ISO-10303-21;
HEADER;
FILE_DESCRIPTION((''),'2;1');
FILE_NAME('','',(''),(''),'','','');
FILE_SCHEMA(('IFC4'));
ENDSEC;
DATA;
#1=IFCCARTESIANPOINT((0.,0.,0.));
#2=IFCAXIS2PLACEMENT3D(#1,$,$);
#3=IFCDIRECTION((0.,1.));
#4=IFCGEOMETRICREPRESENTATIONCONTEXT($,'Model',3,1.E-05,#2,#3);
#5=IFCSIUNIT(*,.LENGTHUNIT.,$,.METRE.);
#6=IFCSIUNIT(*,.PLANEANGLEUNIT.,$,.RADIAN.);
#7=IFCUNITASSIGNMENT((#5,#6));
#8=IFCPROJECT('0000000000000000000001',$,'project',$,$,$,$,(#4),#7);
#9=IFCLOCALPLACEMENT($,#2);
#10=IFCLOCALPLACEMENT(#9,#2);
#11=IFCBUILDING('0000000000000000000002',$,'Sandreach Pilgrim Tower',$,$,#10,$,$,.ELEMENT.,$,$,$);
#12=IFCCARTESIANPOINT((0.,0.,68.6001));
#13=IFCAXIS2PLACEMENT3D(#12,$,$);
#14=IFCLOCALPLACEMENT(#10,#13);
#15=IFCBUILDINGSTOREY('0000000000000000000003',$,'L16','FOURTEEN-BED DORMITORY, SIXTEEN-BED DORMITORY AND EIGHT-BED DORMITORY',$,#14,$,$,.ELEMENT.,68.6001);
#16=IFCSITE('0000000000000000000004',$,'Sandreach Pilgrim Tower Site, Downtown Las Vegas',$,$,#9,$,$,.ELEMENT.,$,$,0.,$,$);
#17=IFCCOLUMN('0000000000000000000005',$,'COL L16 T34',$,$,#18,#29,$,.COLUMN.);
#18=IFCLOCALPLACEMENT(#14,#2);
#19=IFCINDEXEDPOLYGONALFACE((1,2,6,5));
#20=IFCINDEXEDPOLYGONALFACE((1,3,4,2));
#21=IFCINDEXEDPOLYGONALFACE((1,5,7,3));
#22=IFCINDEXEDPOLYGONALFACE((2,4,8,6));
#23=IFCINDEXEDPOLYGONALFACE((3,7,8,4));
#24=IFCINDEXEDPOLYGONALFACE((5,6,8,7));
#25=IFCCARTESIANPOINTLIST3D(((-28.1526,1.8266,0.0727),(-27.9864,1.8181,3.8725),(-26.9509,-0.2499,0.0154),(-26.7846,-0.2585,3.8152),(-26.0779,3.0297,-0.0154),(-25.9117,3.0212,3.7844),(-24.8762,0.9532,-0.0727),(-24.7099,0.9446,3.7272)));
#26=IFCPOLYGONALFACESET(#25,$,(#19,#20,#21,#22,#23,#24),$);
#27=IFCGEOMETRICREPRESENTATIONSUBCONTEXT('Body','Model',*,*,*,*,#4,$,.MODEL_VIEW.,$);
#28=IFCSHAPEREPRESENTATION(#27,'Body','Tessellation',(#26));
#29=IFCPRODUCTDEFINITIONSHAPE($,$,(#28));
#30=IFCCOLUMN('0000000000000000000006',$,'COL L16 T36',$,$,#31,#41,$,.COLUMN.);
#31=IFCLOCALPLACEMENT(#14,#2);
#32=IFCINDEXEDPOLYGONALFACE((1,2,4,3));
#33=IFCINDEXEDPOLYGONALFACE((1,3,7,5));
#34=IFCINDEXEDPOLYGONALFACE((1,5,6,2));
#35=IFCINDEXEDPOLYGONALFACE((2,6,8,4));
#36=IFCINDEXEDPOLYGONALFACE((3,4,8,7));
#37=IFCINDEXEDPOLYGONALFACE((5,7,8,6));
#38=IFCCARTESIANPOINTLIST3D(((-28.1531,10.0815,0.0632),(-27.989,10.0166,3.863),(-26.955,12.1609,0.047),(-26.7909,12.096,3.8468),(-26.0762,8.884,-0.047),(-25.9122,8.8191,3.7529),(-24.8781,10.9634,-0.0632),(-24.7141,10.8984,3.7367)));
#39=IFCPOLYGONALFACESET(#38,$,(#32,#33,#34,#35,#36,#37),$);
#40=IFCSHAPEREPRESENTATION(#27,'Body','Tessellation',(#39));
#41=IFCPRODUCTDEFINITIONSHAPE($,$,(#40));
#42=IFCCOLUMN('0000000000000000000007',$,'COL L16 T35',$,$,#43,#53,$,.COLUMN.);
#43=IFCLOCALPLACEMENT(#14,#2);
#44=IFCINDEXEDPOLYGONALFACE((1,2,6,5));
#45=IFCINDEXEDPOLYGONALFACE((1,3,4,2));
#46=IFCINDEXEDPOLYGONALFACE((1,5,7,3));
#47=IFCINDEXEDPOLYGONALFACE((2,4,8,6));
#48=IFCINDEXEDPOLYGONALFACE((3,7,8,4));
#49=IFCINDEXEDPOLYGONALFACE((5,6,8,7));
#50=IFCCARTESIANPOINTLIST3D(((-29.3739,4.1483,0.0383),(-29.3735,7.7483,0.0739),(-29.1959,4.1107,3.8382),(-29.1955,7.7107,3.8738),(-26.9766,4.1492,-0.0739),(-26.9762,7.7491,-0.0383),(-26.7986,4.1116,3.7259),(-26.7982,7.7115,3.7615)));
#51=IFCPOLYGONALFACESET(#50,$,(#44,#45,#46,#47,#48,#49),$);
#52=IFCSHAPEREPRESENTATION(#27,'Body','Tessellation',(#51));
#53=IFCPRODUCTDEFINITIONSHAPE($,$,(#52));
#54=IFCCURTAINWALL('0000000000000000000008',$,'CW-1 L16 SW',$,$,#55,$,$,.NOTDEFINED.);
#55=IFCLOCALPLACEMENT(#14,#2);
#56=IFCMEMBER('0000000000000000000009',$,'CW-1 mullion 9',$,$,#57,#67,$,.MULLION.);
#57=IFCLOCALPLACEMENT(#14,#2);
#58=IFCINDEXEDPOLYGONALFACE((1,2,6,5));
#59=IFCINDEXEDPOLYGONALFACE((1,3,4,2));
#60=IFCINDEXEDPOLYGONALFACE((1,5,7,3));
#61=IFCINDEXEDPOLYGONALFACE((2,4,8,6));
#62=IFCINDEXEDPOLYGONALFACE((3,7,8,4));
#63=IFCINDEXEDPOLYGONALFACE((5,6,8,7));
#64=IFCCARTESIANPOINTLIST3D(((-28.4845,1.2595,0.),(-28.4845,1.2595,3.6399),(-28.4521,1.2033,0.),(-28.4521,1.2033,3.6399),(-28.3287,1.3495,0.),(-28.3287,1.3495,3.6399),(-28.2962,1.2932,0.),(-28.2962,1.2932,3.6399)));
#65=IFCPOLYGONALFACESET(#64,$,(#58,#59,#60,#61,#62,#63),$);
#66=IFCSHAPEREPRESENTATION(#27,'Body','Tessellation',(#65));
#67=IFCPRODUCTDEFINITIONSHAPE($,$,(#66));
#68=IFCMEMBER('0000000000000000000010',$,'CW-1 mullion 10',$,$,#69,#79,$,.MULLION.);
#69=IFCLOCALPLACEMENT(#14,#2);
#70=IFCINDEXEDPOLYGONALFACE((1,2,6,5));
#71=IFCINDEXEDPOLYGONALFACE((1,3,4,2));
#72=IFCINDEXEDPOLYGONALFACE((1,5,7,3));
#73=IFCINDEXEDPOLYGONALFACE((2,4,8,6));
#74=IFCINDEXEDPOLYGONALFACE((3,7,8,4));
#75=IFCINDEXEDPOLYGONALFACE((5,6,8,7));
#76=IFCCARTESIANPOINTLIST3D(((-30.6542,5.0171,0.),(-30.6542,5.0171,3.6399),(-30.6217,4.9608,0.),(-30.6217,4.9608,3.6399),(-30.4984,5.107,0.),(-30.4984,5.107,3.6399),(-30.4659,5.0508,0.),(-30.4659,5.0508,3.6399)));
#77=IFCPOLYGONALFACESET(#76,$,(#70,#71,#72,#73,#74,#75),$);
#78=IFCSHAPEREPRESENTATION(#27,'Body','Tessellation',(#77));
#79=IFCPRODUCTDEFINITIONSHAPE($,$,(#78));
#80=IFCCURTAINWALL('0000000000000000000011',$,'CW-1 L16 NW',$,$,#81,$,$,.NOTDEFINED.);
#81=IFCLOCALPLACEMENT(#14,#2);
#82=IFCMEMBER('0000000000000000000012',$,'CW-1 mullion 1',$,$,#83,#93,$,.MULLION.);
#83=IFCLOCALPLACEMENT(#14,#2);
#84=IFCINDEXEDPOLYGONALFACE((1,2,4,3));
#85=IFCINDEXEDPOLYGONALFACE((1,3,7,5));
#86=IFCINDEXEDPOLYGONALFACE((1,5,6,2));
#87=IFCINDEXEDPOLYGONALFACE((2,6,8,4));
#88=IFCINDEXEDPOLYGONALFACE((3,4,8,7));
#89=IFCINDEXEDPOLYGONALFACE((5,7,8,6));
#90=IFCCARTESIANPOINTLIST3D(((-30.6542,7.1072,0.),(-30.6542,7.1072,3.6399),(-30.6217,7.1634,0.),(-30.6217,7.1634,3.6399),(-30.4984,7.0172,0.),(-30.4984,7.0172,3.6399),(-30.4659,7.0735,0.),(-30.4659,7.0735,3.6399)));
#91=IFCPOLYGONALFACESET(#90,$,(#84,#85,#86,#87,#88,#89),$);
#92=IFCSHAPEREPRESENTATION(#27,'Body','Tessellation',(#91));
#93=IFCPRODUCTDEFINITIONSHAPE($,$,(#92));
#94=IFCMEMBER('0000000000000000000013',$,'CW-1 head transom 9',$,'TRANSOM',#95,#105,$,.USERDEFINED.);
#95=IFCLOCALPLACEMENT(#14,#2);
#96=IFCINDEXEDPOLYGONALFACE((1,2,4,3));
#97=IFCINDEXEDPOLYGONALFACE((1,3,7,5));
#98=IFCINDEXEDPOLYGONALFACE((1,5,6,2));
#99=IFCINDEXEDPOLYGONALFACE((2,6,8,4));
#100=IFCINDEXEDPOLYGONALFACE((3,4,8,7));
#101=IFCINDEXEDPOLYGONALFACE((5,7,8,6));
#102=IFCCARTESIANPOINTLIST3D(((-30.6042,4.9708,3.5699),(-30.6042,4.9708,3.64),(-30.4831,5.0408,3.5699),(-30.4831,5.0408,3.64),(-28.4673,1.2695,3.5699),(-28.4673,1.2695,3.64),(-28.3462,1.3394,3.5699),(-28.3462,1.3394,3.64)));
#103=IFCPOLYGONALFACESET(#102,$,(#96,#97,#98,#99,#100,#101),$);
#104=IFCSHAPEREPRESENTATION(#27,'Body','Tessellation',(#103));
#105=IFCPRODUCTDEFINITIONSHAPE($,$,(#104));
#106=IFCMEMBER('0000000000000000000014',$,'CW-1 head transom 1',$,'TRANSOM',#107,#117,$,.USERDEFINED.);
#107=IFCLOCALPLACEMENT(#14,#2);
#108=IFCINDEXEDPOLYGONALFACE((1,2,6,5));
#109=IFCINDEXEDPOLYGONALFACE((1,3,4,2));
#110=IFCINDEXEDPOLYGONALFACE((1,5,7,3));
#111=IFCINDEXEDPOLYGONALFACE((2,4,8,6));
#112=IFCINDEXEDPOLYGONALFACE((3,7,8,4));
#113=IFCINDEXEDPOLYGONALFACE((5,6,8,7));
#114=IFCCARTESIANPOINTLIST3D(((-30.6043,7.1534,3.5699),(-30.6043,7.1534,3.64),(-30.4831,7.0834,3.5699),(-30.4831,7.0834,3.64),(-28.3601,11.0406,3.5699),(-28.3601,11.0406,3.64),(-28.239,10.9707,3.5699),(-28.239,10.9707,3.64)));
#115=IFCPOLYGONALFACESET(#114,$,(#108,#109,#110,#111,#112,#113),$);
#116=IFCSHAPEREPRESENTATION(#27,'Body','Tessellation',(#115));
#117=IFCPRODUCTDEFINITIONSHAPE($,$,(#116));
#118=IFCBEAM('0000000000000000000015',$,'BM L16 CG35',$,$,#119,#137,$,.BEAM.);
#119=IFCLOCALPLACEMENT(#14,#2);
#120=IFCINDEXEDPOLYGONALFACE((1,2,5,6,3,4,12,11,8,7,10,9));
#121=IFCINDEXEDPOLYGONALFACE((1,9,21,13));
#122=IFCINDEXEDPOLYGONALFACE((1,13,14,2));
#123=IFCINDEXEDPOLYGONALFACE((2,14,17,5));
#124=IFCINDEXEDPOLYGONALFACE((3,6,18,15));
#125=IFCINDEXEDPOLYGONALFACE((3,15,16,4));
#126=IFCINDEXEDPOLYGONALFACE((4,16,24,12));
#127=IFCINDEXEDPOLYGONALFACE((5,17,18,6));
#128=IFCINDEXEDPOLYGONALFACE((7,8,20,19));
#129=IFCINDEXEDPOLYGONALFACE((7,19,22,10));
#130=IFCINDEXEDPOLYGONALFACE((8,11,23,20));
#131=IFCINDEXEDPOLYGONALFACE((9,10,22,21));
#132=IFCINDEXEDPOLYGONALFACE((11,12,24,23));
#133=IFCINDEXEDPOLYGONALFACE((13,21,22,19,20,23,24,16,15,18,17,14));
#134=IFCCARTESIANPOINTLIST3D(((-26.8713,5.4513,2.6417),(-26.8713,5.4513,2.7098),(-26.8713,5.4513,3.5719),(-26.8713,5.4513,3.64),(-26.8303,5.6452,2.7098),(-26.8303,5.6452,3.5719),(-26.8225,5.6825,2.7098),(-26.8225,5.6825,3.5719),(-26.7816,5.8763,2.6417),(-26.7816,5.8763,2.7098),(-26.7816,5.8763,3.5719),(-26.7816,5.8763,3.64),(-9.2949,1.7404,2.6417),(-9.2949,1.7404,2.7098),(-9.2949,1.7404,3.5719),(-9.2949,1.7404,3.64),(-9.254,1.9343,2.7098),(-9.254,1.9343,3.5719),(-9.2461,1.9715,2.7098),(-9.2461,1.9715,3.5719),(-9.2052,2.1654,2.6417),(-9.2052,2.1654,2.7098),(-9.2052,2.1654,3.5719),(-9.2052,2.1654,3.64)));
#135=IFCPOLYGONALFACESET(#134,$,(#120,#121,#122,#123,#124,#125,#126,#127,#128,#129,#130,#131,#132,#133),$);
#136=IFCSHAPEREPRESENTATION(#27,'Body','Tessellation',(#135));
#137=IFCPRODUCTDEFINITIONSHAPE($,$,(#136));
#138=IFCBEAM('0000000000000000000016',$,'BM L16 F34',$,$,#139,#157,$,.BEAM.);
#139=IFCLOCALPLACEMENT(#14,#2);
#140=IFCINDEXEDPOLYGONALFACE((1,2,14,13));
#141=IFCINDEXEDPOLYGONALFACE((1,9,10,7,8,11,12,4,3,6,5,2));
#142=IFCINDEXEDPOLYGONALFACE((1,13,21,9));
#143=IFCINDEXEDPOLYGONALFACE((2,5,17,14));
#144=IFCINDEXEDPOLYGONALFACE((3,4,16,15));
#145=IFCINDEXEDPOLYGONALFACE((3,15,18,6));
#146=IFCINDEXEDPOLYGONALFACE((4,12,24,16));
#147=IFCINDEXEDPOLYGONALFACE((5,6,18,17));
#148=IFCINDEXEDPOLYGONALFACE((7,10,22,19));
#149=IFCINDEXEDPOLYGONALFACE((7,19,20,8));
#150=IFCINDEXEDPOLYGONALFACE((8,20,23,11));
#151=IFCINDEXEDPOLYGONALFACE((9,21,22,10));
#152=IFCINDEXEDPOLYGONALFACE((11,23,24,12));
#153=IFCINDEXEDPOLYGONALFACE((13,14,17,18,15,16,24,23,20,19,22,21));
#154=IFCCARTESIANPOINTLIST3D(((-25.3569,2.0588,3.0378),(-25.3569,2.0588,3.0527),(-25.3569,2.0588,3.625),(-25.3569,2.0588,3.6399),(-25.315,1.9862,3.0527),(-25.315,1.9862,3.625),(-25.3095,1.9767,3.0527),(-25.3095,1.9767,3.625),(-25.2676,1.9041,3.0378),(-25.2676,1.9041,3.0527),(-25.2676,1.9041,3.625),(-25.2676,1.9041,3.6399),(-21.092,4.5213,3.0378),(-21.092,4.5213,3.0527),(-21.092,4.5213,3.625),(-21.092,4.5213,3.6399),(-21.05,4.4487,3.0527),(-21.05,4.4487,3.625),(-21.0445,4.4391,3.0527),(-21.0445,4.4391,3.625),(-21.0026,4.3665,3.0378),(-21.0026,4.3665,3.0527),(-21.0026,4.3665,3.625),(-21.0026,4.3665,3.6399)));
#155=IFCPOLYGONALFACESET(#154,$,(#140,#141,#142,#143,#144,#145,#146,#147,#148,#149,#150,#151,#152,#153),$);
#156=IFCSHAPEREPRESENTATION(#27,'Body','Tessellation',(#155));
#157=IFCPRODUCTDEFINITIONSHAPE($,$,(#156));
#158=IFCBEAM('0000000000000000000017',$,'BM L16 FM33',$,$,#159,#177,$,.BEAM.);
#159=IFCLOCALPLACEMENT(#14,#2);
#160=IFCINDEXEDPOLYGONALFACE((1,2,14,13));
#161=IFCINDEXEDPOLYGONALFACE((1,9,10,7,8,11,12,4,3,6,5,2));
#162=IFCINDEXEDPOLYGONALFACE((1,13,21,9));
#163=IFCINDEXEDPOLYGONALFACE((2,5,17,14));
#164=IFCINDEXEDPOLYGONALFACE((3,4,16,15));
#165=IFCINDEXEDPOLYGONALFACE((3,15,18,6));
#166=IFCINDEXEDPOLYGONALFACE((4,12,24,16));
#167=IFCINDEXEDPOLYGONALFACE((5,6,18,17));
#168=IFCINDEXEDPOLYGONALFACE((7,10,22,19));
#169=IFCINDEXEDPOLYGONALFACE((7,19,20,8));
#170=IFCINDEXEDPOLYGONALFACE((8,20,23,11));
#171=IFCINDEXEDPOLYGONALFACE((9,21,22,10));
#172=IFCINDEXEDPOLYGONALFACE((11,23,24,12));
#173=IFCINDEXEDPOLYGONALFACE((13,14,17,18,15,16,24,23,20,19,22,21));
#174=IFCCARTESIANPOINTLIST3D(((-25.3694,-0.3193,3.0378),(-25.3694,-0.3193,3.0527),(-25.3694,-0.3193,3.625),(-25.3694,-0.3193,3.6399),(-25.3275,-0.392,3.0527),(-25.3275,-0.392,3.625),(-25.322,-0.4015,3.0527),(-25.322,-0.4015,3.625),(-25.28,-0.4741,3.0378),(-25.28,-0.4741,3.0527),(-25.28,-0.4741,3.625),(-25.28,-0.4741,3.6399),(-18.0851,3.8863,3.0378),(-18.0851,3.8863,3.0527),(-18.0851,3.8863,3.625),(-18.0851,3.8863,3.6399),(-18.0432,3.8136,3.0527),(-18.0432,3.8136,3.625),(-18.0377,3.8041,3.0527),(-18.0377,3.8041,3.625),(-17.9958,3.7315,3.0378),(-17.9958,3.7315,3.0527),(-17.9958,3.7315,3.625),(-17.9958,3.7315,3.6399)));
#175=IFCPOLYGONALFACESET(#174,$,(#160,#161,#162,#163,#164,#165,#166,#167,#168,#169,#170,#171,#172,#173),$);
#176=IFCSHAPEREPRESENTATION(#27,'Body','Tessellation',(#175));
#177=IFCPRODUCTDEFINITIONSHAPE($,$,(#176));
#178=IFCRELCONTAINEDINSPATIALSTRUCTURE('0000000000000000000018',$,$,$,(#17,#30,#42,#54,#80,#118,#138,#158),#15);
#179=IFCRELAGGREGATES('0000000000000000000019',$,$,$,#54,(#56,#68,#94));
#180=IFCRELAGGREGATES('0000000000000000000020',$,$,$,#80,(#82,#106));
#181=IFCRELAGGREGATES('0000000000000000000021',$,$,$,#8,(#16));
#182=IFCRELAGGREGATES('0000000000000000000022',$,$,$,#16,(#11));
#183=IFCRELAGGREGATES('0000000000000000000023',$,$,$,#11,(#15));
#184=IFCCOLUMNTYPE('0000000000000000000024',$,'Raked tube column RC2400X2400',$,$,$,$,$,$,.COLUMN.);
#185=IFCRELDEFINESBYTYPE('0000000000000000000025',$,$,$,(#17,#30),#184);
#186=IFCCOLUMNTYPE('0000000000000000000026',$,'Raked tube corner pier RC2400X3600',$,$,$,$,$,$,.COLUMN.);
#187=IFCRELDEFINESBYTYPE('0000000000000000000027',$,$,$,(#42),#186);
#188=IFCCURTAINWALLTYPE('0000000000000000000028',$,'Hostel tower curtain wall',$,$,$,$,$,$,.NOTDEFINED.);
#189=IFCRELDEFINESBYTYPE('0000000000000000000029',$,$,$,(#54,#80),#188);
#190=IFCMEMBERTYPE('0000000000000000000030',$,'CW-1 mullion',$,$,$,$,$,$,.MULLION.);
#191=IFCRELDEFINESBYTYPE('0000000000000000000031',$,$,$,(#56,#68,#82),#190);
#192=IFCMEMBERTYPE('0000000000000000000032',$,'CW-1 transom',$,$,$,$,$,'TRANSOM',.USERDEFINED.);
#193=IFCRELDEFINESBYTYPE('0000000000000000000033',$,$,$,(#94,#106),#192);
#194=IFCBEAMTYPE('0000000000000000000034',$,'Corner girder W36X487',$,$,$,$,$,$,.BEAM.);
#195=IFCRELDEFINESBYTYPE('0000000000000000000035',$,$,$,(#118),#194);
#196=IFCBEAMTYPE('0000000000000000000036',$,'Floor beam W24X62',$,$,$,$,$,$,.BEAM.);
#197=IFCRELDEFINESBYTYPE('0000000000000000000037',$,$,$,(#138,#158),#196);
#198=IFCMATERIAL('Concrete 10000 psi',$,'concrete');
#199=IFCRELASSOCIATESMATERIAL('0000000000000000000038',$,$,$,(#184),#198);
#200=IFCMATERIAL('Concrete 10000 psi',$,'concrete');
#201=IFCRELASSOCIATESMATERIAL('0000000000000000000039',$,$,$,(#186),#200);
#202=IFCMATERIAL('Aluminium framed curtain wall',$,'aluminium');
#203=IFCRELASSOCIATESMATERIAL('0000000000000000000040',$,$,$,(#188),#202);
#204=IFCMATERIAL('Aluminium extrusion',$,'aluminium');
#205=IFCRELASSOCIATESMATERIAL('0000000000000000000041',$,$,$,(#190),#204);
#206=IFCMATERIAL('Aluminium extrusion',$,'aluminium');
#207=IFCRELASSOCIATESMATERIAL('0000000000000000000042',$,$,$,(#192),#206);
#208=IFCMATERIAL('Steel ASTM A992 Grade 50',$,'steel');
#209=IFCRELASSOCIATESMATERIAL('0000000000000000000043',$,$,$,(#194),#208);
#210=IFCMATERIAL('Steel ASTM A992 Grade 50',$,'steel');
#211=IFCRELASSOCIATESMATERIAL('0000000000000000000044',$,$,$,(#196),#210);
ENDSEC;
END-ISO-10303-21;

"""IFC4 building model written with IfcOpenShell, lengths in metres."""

from ifc_helpers import new_model, si_unit, direction, frame, origin, origin_2d, place, context, subcontext, project, spatial, rectangle, i_section, extrude, material, material_profile, profile_set, type_object, element, aggregate, save


model = new_model("IFC4")

# Units and contexts
model_context = context("Model", 3, precision=1e-05, world=origin(), true_north=direction((0.0, 1.0)))
body_context = subcontext(model_context, "Body", "Model", "MODEL_VIEW")
ifc_project = project(units=[si_unit("LENGTHUNIT", "METRE"), si_unit("PLANEANGLEUNIT", "RADIAN")], contexts=[model_context])

# Site, building, storey
site_placement = place(None, origin())
site = spatial("IfcSite", under=ifc_project, at=site_placement, Name="Sandreach Pilgrim Tower Site, Downtown Las Vegas", CompositionType="ELEMENT", RefElevation=0.0)
building_placement = place(site_placement, origin())
building = spatial("IfcBuilding", under=site, at=building_placement, Name="Sandreach Pilgrim Tower", CompositionType="ELEMENT")
storey_placement = place(building_placement, frame((0.0, 0.0, 68.6001)))
storey = spatial("IfcBuildingStorey", under=building, at=storey_placement, Name="L16", Description="FOURTEEN-BED DORMITORY, SIXTEEN-BED DORMITORY AND EIGHT-BED DORMITORY", CompositionType="ELEMENT", Elevation=68.6001)

# Columns
ifc_material_1 = material(Name="Concrete 10000 psi", Category="concrete")
ifc_material_profile_1 = material_profile(ifc_material_1, rectangle(XDim=2.3999, YDim=2.3999, at=origin_2d()), Name="RC2400X2400")
ifc_profile_set_1 = profile_set([ifc_material_profile_1], Name="Concrete 10000 psi")
column_type_1 = type_object("IfcColumnType", Name="Raked tube column RC2400X2400", PredefinedType="COLUMN", material=ifc_profile_set_1)
column_1_placement = place(storey_placement, frame((-26.5144, 1.3899, 0.0), z_axis=(0.043713, -0.002247, 0.999042), x_axis=(-0.86449, -0.501308, 0.036698)))
element("IfcColumn", 1, at=column_1_placement, inside=storey, type_object=column_type_1, Name="COL L16 T34", PredefinedType="COLUMN", context=body_context, shape_type="SweptSolid", body=[
    extrude(rectangle(XDim=2.3999, YDim=2.3999, at=origin_2d()), origin(), (0.0, 0.0, 1.0), 3.8035),
])
column_2_placement = place(storey_placement, frame((-26.5156, 10.5225, 0.0), z_axis=(0.04313, -0.017072, 0.998924), x_axis=(-0.865394, 0.498986, 0.045893)))
element("IfcColumn", 2, at=column_2_placement, inside=storey, type_object=column_type_1, Name="COL L16 T36", PredefinedType="COLUMN", context=body_context, shape_type="SweptSolid", body=[
    extrude(rectangle(XDim=2.3999, YDim=2.3999, at=origin_2d()), origin(), (0.0, 0.0, 1.0), 3.804),
])
ifc_material_2 = material(Name="Concrete 10000 psi", Category="concrete")
ifc_material_profile_2 = material_profile(ifc_material_2, rectangle(XDim=2.3999, YDim=3.6001, at=origin_2d()), Name="RC2400X3600")
ifc_profile_set_2 = profile_set([ifc_material_profile_2], Name="Concrete 10000 psi")
column_type_2 = type_object("IfcColumnType", Name="Raked tube corner pier RC2400X3600", PredefinedType="COLUMN", material=ifc_profile_set_2)
column_3_placement = place(storey_placement, frame((-28.175, 5.9487, 0.0), z_axis=(0.046785, -0.009883, 0.998856), x_axis=(-0.998905, -0.000352, 0.046784)))
element("IfcColumn", 3, at=column_3_placement, inside=storey, type_object=column_type_2, Name="COL L16 T35", PredefinedType="COLUMN", context=body_context, shape_type="SweptSolid", body=[
    extrude(rectangle(XDim=2.3999, YDim=3.6001, at=origin_2d()), origin(), (0.0, 0.0, 1.0), 3.8042),
])

# Curtain wall, members
ifc_material_3 = material(Name="Aluminium framed curtain wall", Category="aluminium")
curtain_wall_type = type_object("IfcCurtainWallType", Name="Hostel tower curtain wall", PredefinedType="NOTDEFINED", material=ifc_material_3)
curtain_wall_1_placement = place(storey_placement, origin())
curtain_wall_1 = element("IfcCurtainWall", 4, at=curtain_wall_1_placement, inside=storey, type_object=curtain_wall_type, Name="CW-1 L16 SW", PredefinedType="NOTDEFINED")
ifc_material_4 = material(Name="Aluminium extrusion", Category="aluminium")
ifc_material_profile_3 = material_profile(ifc_material_4, rectangle(XDim=0.0649, YDim=0.1799, at=origin_2d()), Name="CW-1M 65X180")
ifc_profile_set_3 = profile_set([ifc_material_profile_3], Name="Aluminium extrusion")
member_type_1 = type_object("IfcMemberType", Name="CW-1 mullion", PredefinedType="MULLION", material=ifc_profile_set_3)
member_1_placement = place(storey_placement, frame((-28.3904, 1.2764, 0.0), z_axis=(0.0, 0.0, 1.0), x_axis=(-0.5, 0.866025, 0.0)))
member_1 = element("IfcMember", 5, at=member_1_placement, type_object=member_type_1, Name="CW-1 mullion 9", PredefinedType="MULLION", context=body_context, shape_type="SweptSolid", body=[
    extrude(rectangle(XDim=0.0649, YDim=0.1799, at=origin_2d()), origin(), (0.0, 0.0, 1.0), 3.6399),
])
member_2_placement = place(storey_placement, frame((-30.5601, 5.0339, 0.0), z_axis=(0.0, 0.0, 1.0), x_axis=(-0.5, 0.866025, 0.0)))
member_2 = element("IfcMember", 6, at=member_2_placement, type_object=member_type_1, Name="CW-1 mullion 10", PredefinedType="MULLION", context=body_context, shape_type="SweptSolid", body=[
    extrude(rectangle(XDim=0.0649, YDim=0.1799, at=origin_2d()), origin(), (0.0, 0.0, 1.0), 3.6399),
])

# Curtain wall, member
curtain_wall_2_placement = place(storey_placement, origin())
curtain_wall_2 = element("IfcCurtainWall", 7, at=curtain_wall_2_placement, inside=storey, type_object=curtain_wall_type, Name="CW-1 L16 NW", PredefinedType="NOTDEFINED")
member_3_placement = place(storey_placement, frame((-30.5601, 7.0903, 0.0), z_axis=(0.0, 0.0, 1.0), x_axis=(0.5, 0.866025, 0.0)))
member_3 = element("IfcMember", 8, at=member_3_placement, type_object=member_type_1, Name="CW-1 mullion 1", PredefinedType="MULLION", context=body_context, shape_type="SweptSolid", body=[
    extrude(rectangle(XDim=0.0649, YDim=0.1799, at=origin_2d()), origin(), (0.0, 0.0, 1.0), 3.6399),
])

# Members
ifc_material_5 = material(Name="Aluminium extrusion", Category="aluminium")
ifc_material_profile_4 = material_profile(ifc_material_5, rectangle(XDim=0.1399, YDim=0.0701, at=origin_2d()), Name="CW-1T 140X70")
ifc_profile_set_4 = profile_set([ifc_material_profile_4], Name="Aluminium extrusion")
member_type_2 = type_object("IfcMemberType", Name="CW-1 transom", ElementType="TRANSOM", PredefinedType="USERDEFINED", material=ifc_profile_set_4)
member_4_placement = place(storey_placement, frame((-28.4067, 1.3044, 3.605), z_axis=(-0.499991, 0.866031, 0.0), x_axis=(-0.866031, -0.499991, 0.0)))
member_4 = element("IfcMember", 9, at=member_4_placement, type_object=member_type_2, Name="CW-1 head transom 9", ObjectType="TRANSOM", PredefinedType="USERDEFINED", context=body_context, shape_type="SweptSolid", body=[
    extrude(rectangle(XDim=0.1399, YDim=0.0701, at=origin_2d()), origin(), (0.0, 0.0, 1.0), 4.2739),
])
member_5_placement = place(storey_placement, frame((-30.5437, 7.1184, 3.605), z_axis=(0.499977, 0.866039, 0.0), x_axis=(-0.866039, 0.499977, 0.0)))
member_5 = element("IfcMember", 10, at=member_5_placement, type_object=member_type_2, Name="CW-1 head transom 1", ObjectType="TRANSOM", PredefinedType="USERDEFINED", context=body_context, shape_type="SweptSolid", body=[
    extrude(rectangle(XDim=0.1399, YDim=0.0701, at=origin_2d()), origin(), (0.0, 0.0, 1.0), 4.4885),
])

# Beams
ifc_material_6 = material(Name="Steel ASTM A992 Grade 50", Category="steel")
ifc_material_profile_5 = material_profile(ifc_material_6, i_section(OverallWidth=0.4343, OverallDepth=0.9983, WebThickness=0.0381, FlangeThickness=0.0681, at=origin_2d()), Name="W36X487")
ifc_profile_set_5 = profile_set([ifc_material_profile_5], Name="Steel ASTM A992 Grade 50")
beam_type_1 = type_object("IfcBeamType", Name="Corner girder W36X487", PredefinedType="BEAM", material=ifc_profile_set_5)
beam_1_placement = place(storey_placement, frame((-26.8264, 5.6638, 3.1409), z_axis=(0.97843, -0.206578, 0.0), x_axis=(0.206578, 0.97843, 0.0)))
element("IfcBeam", 11, at=beam_1_placement, inside=storey, type_object=beam_type_1, Name="BM L16 CG35", PredefinedType="BEAM", context=body_context, shape_type="SweptSolid", body=[
    extrude(i_section(OverallWidth=0.4343, OverallDepth=0.9983, WebThickness=0.0381, FlangeThickness=0.0681, at=origin_2d()), origin(), (0.0, 0.0, 1.0), 17.9639),
])
ifc_material_7 = material(Name="Steel ASTM A992 Grade 50", Category="steel")
ifc_material_profile_6 = material_profile(ifc_material_7, i_section(OverallWidth=0.1787, OverallDepth=0.6021, WebThickness=0.011, FlangeThickness=0.0149, at=origin_2d()), Name="W24X62")
ifc_profile_set_6 = profile_set([ifc_material_profile_6], Name="Steel ASTM A992 Grade 50")
beam_type_2 = type_object("IfcBeamType", Name="Floor beam W24X62", PredefinedType="BEAM", material=ifc_profile_set_6)
beam_2_placement = place(storey_placement, frame((-25.3123, 1.9814, 3.3389), z_axis=(0.86602, 0.50001, 0.0), x_axis=(-0.50001, 0.86602, 0.0)))
element("IfcBeam", 12, at=beam_2_placement, inside=storey, type_object=beam_type_2, Name="BM L16 F34", PredefinedType="BEAM", context=body_context, shape_type="SweptSolid", body=[
    extrude(i_section(OverallWidth=0.1787, OverallDepth=0.6021, WebThickness=0.011, FlangeThickness=0.0149, at=origin_2d()), origin(), (0.0, 0.0, 1.0), 4.9248),
])
beam_3_placement = place(storey_placement, frame((-25.3247, -0.3967, 3.3389), z_axis=(0.866023, 0.500004, 0.0), x_axis=(-0.500004, 0.866023, 0.0)))
element("IfcBeam", 13, at=beam_3_placement, inside=storey, type_object=beam_type_2, Name="BM L16 FM33", PredefinedType="BEAM", context=body_context, shape_type="SweptSolid", body=[
    extrude(i_section(OverallWidth=0.1787, OverallDepth=0.6021, WebThickness=0.011, FlangeThickness=0.0149, at=origin_2d()), origin(), (0.0, 0.0, 1.0), 8.4111),
])

aggregate(curtain_wall_1, [member_1, member_2, member_4])
aggregate(curtain_wall_2, [member_3, member_5])

save(model, "model.ifc")
